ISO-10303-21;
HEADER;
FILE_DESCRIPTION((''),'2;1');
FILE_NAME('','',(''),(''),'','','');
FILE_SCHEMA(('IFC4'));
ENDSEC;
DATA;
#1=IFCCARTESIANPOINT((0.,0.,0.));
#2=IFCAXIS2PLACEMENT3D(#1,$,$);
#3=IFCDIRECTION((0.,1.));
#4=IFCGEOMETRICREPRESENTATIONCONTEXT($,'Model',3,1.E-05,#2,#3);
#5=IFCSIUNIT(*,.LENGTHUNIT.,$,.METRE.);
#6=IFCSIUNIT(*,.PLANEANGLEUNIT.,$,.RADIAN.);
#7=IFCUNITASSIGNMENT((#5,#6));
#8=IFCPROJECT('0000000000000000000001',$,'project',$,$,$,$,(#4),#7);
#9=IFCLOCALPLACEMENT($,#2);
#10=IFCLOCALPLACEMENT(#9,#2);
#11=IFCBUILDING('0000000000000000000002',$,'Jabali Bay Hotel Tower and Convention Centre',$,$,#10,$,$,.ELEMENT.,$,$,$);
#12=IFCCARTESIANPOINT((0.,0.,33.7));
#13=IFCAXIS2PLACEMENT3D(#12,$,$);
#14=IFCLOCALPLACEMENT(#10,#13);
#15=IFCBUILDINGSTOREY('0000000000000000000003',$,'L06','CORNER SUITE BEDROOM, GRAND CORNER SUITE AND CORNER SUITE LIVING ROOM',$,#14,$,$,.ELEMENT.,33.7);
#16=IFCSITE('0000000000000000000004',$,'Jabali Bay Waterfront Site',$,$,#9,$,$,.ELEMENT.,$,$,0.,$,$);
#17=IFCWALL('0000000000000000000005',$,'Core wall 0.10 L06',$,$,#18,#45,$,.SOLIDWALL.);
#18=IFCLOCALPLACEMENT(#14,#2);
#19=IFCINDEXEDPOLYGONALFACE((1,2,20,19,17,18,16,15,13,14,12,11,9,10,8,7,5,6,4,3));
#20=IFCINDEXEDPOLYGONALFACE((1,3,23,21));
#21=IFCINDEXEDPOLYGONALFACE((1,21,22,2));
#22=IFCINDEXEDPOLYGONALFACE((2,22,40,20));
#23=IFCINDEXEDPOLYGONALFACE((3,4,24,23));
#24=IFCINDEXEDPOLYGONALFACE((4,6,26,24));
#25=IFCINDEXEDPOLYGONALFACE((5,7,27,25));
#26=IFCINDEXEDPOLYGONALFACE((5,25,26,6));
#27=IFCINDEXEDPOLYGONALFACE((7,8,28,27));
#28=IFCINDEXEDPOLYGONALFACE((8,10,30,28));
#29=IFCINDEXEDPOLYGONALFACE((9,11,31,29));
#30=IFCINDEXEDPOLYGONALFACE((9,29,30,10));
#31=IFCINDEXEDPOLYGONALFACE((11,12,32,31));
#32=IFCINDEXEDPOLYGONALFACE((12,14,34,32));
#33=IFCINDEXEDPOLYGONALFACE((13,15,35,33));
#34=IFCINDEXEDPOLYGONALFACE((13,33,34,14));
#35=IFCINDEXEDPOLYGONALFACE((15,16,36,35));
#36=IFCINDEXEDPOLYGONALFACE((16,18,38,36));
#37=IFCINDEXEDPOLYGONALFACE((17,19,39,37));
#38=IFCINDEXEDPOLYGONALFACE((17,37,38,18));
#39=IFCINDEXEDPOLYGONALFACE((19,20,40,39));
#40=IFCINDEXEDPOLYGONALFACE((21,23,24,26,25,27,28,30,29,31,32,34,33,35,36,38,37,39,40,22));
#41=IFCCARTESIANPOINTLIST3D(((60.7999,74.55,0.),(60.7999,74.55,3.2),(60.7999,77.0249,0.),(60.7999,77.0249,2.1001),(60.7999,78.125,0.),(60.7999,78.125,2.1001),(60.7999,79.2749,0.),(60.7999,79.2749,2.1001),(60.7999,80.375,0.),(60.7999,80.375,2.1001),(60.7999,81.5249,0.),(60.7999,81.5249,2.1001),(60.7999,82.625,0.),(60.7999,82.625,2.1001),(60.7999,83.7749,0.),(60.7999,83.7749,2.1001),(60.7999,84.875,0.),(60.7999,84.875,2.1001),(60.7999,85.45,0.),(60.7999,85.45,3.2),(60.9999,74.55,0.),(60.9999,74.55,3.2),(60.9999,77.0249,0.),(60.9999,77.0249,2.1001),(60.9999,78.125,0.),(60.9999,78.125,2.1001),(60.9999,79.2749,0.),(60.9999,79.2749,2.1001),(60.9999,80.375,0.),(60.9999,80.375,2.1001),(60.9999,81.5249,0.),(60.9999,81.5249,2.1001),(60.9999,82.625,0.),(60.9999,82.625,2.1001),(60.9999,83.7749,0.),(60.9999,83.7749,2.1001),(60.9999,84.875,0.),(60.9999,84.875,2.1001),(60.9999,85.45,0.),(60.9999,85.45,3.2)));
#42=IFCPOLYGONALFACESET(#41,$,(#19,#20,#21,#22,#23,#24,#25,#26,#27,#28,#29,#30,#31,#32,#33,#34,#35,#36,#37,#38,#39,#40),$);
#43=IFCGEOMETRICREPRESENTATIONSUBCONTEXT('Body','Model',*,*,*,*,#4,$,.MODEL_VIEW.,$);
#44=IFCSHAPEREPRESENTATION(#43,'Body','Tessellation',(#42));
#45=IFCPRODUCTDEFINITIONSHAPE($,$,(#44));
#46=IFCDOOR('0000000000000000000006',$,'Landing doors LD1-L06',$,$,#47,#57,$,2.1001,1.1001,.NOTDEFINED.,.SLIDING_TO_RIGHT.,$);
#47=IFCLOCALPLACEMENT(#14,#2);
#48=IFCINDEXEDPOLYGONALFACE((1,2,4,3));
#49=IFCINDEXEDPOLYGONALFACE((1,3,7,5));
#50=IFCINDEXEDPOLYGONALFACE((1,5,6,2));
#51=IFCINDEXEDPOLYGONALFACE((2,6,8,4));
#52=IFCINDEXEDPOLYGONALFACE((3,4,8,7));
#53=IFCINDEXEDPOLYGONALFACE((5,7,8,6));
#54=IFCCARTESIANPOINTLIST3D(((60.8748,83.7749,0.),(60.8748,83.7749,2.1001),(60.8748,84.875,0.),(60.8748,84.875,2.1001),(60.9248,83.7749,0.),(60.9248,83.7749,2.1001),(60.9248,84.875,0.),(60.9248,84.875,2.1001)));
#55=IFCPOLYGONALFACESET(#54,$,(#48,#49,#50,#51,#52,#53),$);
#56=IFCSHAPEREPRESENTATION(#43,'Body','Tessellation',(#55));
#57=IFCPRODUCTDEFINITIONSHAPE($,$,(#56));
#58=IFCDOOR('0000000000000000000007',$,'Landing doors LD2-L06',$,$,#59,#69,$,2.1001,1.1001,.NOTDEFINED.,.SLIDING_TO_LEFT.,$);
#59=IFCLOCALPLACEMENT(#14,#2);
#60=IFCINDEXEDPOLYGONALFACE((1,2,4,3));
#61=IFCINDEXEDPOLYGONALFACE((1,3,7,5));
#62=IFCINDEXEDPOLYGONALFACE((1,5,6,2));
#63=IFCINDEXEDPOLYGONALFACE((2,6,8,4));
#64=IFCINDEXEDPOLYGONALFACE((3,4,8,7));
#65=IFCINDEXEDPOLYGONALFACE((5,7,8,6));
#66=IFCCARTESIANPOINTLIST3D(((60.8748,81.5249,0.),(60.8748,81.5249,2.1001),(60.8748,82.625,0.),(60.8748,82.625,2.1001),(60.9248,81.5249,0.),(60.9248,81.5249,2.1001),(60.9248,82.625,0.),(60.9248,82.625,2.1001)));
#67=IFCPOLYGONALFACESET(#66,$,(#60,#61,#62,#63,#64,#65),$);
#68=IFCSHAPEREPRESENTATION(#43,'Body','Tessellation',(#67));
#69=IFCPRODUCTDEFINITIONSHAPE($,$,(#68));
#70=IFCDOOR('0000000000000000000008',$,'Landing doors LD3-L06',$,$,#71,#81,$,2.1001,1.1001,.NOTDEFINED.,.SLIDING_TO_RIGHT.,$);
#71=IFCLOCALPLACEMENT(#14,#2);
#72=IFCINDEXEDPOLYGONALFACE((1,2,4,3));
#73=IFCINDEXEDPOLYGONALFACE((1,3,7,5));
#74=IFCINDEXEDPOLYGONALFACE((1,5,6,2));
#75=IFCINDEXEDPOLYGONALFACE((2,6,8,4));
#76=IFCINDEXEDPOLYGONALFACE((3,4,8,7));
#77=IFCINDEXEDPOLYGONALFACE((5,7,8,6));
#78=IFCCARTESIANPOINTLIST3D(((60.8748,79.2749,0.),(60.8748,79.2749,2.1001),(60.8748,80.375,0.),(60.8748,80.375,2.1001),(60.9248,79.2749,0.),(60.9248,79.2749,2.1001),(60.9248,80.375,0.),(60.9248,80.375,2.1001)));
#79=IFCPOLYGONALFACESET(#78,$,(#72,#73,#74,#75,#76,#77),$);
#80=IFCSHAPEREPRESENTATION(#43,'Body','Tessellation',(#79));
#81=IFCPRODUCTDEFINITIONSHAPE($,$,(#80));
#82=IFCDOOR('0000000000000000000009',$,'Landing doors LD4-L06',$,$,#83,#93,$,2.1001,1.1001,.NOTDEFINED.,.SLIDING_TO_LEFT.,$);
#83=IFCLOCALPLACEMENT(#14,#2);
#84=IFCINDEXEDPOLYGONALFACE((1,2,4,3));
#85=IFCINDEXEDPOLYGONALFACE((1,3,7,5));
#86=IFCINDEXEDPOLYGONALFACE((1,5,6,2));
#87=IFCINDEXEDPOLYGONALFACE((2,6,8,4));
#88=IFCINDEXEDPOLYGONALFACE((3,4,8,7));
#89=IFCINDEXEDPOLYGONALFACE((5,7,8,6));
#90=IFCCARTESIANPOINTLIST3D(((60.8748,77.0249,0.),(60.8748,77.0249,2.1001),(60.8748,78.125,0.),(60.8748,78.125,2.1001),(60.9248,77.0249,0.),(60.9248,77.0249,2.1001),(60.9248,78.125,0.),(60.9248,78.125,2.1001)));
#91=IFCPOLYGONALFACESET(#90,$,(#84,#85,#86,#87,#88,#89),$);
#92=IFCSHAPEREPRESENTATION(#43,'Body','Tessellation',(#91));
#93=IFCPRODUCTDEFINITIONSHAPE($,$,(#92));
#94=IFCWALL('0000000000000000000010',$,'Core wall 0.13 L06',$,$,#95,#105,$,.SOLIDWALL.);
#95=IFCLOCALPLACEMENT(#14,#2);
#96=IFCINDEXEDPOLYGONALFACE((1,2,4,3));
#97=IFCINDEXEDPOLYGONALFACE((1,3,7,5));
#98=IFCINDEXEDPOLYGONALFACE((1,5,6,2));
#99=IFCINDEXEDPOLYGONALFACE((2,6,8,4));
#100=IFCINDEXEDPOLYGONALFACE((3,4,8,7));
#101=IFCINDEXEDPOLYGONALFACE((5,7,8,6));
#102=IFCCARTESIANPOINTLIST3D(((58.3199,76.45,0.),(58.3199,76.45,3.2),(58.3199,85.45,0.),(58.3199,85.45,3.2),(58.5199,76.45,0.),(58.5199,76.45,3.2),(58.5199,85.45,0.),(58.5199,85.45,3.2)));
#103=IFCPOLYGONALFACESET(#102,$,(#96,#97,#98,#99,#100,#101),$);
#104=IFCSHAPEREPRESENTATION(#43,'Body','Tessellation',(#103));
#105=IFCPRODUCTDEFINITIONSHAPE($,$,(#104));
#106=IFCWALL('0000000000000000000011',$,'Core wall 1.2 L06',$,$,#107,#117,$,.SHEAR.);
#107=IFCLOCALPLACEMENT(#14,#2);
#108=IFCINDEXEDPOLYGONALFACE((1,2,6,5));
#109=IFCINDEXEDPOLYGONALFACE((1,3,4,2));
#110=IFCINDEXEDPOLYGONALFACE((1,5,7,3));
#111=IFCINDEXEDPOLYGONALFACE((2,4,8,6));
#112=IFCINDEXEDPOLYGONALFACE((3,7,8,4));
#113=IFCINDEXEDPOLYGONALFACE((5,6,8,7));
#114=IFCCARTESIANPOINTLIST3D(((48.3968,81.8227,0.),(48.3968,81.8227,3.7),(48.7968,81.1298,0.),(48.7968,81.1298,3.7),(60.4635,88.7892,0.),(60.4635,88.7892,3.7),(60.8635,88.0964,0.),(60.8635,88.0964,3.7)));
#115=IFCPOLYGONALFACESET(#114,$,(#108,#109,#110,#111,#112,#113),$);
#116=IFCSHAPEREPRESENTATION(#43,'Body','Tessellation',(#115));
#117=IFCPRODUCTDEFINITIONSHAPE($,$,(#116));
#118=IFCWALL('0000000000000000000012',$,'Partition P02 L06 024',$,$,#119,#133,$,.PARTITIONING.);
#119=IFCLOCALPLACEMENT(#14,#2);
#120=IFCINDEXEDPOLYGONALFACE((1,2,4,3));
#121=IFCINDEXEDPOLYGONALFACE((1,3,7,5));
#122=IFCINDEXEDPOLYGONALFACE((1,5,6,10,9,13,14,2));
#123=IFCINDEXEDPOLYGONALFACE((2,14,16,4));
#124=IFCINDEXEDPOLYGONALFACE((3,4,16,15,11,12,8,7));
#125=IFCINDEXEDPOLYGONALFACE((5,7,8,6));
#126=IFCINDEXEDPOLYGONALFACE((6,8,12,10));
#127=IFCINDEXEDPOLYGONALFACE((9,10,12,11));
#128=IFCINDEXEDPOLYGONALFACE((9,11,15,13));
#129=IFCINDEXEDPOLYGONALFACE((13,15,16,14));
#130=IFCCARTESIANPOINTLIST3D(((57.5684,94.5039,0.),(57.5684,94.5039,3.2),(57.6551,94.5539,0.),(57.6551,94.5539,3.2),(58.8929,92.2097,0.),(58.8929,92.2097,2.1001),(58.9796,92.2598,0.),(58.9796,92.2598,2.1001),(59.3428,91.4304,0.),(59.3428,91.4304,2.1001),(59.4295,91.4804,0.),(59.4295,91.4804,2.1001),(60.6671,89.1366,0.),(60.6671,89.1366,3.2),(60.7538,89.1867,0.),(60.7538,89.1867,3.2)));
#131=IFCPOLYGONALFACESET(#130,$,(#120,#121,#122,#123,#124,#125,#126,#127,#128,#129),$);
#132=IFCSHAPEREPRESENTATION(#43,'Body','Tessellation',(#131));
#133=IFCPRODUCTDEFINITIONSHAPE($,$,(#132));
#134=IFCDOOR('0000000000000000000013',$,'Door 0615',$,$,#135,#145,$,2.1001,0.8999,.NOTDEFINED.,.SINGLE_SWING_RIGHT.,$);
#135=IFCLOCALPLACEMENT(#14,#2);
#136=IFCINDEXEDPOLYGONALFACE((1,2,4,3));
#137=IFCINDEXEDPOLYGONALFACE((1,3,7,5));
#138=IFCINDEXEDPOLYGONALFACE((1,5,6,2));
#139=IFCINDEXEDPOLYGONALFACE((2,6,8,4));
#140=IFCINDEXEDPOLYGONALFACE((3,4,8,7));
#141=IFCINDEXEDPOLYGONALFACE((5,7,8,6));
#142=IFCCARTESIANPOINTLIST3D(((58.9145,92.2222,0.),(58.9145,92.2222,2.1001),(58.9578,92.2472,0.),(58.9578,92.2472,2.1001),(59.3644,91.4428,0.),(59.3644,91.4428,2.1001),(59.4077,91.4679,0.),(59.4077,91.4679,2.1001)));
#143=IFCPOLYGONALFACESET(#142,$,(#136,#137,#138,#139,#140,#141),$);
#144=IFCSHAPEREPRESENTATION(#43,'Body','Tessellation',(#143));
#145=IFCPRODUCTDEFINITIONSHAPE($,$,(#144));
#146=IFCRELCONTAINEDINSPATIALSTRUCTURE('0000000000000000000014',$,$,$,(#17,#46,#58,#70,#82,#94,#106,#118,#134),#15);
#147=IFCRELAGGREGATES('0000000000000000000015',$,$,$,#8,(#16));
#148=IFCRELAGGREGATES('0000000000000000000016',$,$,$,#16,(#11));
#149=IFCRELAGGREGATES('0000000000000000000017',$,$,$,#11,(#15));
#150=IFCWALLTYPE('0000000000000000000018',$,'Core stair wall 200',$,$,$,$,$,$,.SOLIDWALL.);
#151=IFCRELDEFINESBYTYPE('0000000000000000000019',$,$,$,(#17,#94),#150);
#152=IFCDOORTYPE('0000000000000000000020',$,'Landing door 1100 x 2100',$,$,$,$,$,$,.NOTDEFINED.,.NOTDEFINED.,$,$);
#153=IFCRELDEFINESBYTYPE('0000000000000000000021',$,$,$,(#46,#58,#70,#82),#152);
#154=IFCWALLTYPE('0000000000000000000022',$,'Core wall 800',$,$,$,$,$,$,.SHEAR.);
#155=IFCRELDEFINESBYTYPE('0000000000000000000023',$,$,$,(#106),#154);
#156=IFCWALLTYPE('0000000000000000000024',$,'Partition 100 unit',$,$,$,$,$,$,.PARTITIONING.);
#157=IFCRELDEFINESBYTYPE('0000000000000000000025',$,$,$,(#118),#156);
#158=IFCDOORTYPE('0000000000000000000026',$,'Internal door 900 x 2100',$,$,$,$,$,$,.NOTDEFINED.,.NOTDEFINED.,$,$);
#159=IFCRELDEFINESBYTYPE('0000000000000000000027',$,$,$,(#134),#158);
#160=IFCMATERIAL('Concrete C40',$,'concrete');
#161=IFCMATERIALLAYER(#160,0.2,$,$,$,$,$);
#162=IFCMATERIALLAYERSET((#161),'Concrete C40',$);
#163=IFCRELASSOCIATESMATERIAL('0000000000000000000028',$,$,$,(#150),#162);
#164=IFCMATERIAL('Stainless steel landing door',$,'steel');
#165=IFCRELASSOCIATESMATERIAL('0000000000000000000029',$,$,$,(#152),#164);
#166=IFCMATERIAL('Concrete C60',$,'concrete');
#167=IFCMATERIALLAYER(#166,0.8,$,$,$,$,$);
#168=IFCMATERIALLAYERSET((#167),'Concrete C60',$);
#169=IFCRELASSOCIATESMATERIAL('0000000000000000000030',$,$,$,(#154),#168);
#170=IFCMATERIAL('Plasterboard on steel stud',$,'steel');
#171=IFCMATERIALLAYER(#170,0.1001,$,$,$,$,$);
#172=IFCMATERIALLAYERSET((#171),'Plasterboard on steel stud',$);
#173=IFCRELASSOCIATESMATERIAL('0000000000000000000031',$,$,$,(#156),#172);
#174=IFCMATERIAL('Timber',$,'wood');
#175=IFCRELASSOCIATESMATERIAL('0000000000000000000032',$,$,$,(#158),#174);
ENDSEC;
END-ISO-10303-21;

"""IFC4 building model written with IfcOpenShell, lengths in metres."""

from ifc_helpers import new_model, si_unit, direction, frame, frame_2d, origin, place, context, subcontext, project, spatial, rectangle, extrude, material, layer, layer_set, type_object, element, fill, save


model = new_model("IFC4")

# Units and contexts
model_context = context("Model", 3, precision=1e-05, world=origin(), true_north=direction((0.0, 1.0)))
body_context = subcontext(model_context, "Body", "Model", "MODEL_VIEW")
ifc_project = project(units=[si_unit("LENGTHUNIT", "METRE"), si_unit("PLANEANGLEUNIT", "RADIAN")], contexts=[model_context])

# Site, building, storey
site_placement = place(None, origin())
site = spatial("IfcSite", under=ifc_project, at=site_placement, Name="Jabali Bay Waterfront Site", CompositionType="ELEMENT", RefElevation=0.0)
building_placement = place(site_placement, origin())
building = spatial("IfcBuilding", under=site, at=building_placement, Name="Jabali Bay Hotel Tower and Convention Centre", CompositionType="ELEMENT")
storey_placement = place(building_placement, frame((0.0, 0.0, 33.7)))
storey = spatial("IfcBuildingStorey", under=building, at=storey_placement, Name="L06", Description="CORNER SUITE BEDROOM, GRAND CORNER SUITE AND CORNER SUITE LIVING ROOM", CompositionType="ELEMENT", Elevation=33.7)

# Shared definitions
ifc_material_1 = material(Name="Concrete C40", Category="concrete")

# Shared definitions
ifc_layer_1 = layer(ifc_material_1, 0.2)
ifc_layer_set_1 = layer_set([ifc_layer_1], Name="Concrete C40")
wall_type_1 = type_object("IfcWallType", Name="Core stair wall 200", PredefinedType="SOLIDWALL", material=ifc_layer_set_1)

# Wall, openings, doors
wall_1_placement = place(storey_placement, frame((60.8999, 85.45, 0.0), z_axis=(0.0, 0.0, 1.0), x_axis=(0.0, -1.0, 0.0)))
wall_1 = element("IfcWall", 1, at=wall_1_placement, inside=storey, type_object=wall_type_1, Name="Core wall 0.10 L06", PredefinedType="SOLIDWALL", context=body_context, shape_type="SweptSolid", body=[
    extrude(rectangle(XDim=10.8999, YDim=0.2, at=frame_2d((5.45, 0.0))), origin(), (0.0, 0.0, 1.0), 3.2),
])
opening_1_placement = place(wall_1_placement, frame((0.575, 0.0, 0.0)))
opening_1 = element("IfcOpeningElement", 2, at=opening_1_placement, cuts=wall_1, PredefinedType="OPENING", context=body_context, shape_type="SweptSolid", body=[
    extrude(rectangle(XDim=1.1001, YDim=2.1001, at=frame_2d((0.55, 1.05))), frame((0.0, 0.1104, 0.0), z_axis=(0.0, -1.0, 0.0), x_axis=(1.0, 0.0, 0.0)), (0.0, 0.0, 1.0), 0.2209),
])
opening_2_placement = place(wall_1_placement, frame((2.825, 0.0, 0.0)))
opening_2 = element("IfcOpeningElement", 3, at=opening_2_placement, cuts=wall_1, PredefinedType="OPENING", context=body_context, shape_type="SweptSolid", body=[
    extrude(rectangle(XDim=1.1001, YDim=2.1001, at=frame_2d((0.55, 1.05))), frame((0.0, 0.1104, 0.0), z_axis=(0.0, -1.0, 0.0), x_axis=(1.0, 0.0, 0.0)), (0.0, 0.0, 1.0), 0.2209),
])
opening_3_placement = place(wall_1_placement, frame((5.075, 0.0, 0.0)))
opening_3 = element("IfcOpeningElement", 4, at=opening_3_placement, cuts=wall_1, PredefinedType="OPENING", context=body_context, shape_type="SweptSolid", body=[
    extrude(rectangle(XDim=1.1001, YDim=2.1001, at=frame_2d((0.55, 1.05))), frame((0.0, 0.1104, 0.0), z_axis=(0.0, -1.0, 0.0), x_axis=(1.0, 0.0, 0.0)), (0.0, 0.0, 1.0), 0.2209),
])
opening_4_placement = place(wall_1_placement, frame((7.325, 0.0, 0.0)))
opening_4 = element("IfcOpeningElement", 5, at=opening_4_placement, cuts=wall_1, PredefinedType="OPENING", context=body_context, shape_type="SweptSolid", body=[
    extrude(rectangle(XDim=1.1001, YDim=2.1001, at=frame_2d((0.55, 1.05))), frame((0.0, 0.1104, 0.0), z_axis=(0.0, -1.0, 0.0), x_axis=(1.0, 0.0, 0.0)), (0.0, 0.0, 1.0), 0.2209),
])
ifc_material_2 = material(Name="Stainless steel landing door", Category="steel")
door_type_1 = type_object("IfcDoorType", Name="Landing door 1100 x 2100", OperationType="NOTDEFINED", PredefinedType="NOTDEFINED", material=ifc_material_2)
door_1_placement = place(opening_1_placement, origin())
door_1 = element("IfcDoor", 6, at=door_1_placement, inside=storey, type_object=door_type_1, Name="Landing doors LD1-L06", OperationType="SLIDING_TO_RIGHT", OverallHeight=2.1001, OverallWidth=1.1001, PredefinedType="NOTDEFINED", context=body_context, shape_type="SweptSolid", body=[
    extrude(rectangle(XDim=1.1001, YDim=2.1001, at=frame_2d((0.55, 1.05))), frame((0.0, 0.0249, 0.0), z_axis=(0.0, -1.0, 0.0), x_axis=(1.0, 0.0, 0.0)), (0.0, 0.0, 1.0), 0.05),
])
fill(opening_1, door_1)
door_2_placement = place(opening_2_placement, origin())
door_2 = element("IfcDoor", 7, at=door_2_placement, inside=storey, type_object=door_type_1, Name="Landing doors LD2-L06", OperationType="SLIDING_TO_LEFT", OverallHeight=2.1001, OverallWidth=1.1001, PredefinedType="NOTDEFINED", context=body_context, shape_type="SweptSolid", body=[
    extrude(rectangle(XDim=1.1001, YDim=2.1001, at=frame_2d((0.55, 1.05))), frame((0.0, 0.0249, 0.0), z_axis=(0.0, -1.0, 0.0), x_axis=(1.0, 0.0, 0.0)), (0.0, 0.0, 1.0), 0.05),
])
fill(opening_2, door_2)
door_3_placement = place(opening_3_placement, origin())
door_3 = element("IfcDoor", 8, at=door_3_placement, inside=storey, type_object=door_type_1, Name="Landing doors LD3-L06", OperationType="SLIDING_TO_RIGHT", OverallHeight=2.1001, OverallWidth=1.1001, PredefinedType="NOTDEFINED", context=body_context, shape_type="SweptSolid", body=[
    extrude(rectangle(XDim=1.1001, YDim=2.1001, at=frame_2d((0.55, 1.05))), frame((0.0, 0.0249, 0.0), z_axis=(0.0, -1.0, 0.0), x_axis=(1.0, 0.0, 0.0)), (0.0, 0.0, 1.0), 0.05),
])
fill(opening_3, door_3)
door_4_placement = place(opening_4_placement, origin())
door_4 = element("IfcDoor", 9, at=door_4_placement, inside=storey, type_object=door_type_1, Name="Landing doors LD4-L06", OperationType="SLIDING_TO_LEFT", OverallHeight=2.1001, OverallWidth=1.1001, PredefinedType="NOTDEFINED", context=body_context, shape_type="SweptSolid", body=[
    extrude(rectangle(XDim=1.1001, YDim=2.1001, at=frame_2d((0.55, 1.05))), frame((0.0, 0.0249, 0.0), z_axis=(0.0, -1.0, 0.0), x_axis=(1.0, 0.0, 0.0)), (0.0, 0.0, 1.0), 0.05),
])
fill(opening_4, door_4)

# Walls
wall_2_placement = place(storey_placement, frame((58.4199, 85.45, 0.0), z_axis=(0.0, 0.0, 1.0), x_axis=(0.0, -1.0, 0.0)))
element("IfcWall", 10, at=wall_2_placement, inside=storey, type_object=wall_type_1, Name="Core wall 0.13 L06", PredefinedType="SOLIDWALL", context=body_context, shape_type="SweptSolid", body=[
    extrude(rectangle(XDim=9.0, YDim=0.2, at=frame_2d((4.5, 0.0))), origin(), (0.0, 0.0, 1.0), 3.2),
])
ifc_material_3 = material(Name="Concrete C60", Category="concrete")
ifc_layer_2 = layer(ifc_material_3, 0.8)
ifc_layer_set_2 = layer_set([ifc_layer_2], Name="Concrete C60")
wall_type_2 = type_object("IfcWallType", Name="Core wall 800", PredefinedType="SHEAR", material=ifc_layer_set_2)
wall_3_placement = place(storey_placement, frame((60.6636, 88.4429, 0.0), z_axis=(0.0, 0.0, 1.0), x_axis=(-0.866029, -0.499993, 0.0)))
element("IfcWall", 11, at=wall_3_placement, inside=storey, type_object=wall_type_2, Name="Core wall 1.2 L06", PredefinedType="SHEAR", context=body_context, shape_type="SweptSolid", body=[
    extrude(rectangle(XDim=13.9333, YDim=0.8, at=frame_2d((6.9668, 0.0))), origin(), (0.0, 0.0, 1.0), 3.7),
])

# Wall, opening, door
ifc_material_4 = material(Name="Plasterboard on steel stud", Category="steel")
ifc_layer_3 = layer(ifc_material_4, 0.1001)
ifc_layer_set_3 = layer_set([ifc_layer_3], Name="Plasterboard on steel stud")
wall_type_3 = type_object("IfcWallType", Name="Partition 100 unit", PredefinedType="PARTITIONING", material=ifc_layer_set_3)
wall_4_placement = place(storey_placement, frame((57.6118, 94.5288, 0.0), z_axis=(0.0, 0.0, 1.0), x_axis=(0.499986, -0.866033, 0.0)))
wall_4 = element("IfcWall", 12, at=wall_4_placement, inside=storey, type_object=wall_type_3, Name="Partition P02 L06 024", PredefinedType="PARTITIONING", context=body_context, shape_type="SweptSolid", body=[
    extrude(rectangle(XDim=6.1975, YDim=0.1001, at=frame_2d((3.0986, 0.0))), origin(), (0.0, 0.0, 1.0), 3.2),
])
opening_5_placement = place(wall_4_placement, frame((2.6489, 0.0, 0.0)))
opening_5 = element("IfcOpeningElement", 13, at=opening_5_placement, cuts=wall_4, PredefinedType="OPENING", context=body_context, shape_type="SweptSolid", body=[
    extrude(rectangle(XDim=0.8999, YDim=2.1001, at=frame_2d((0.45, 1.05))), frame((0.0, 0.0605, 0.0), z_axis=(0.0, -1.0, 0.0), x_axis=(1.0, 0.0, 0.0)), (0.0, 0.0, 1.0), 0.1211),
])
ifc_material_5 = material(Name="Timber", Category="wood")
door_type_2 = type_object("IfcDoorType", Name="Internal door 900 x 2100", OperationType="NOTDEFINED", PredefinedType="NOTDEFINED", material=ifc_material_5)
door_5_placement = place(opening_5_placement, origin())
door_5 = element("IfcDoor", 14, at=door_5_placement, inside=storey, type_object=door_type_2, Name="Door 0615", OperationType="SINGLE_SWING_RIGHT", OverallHeight=2.1001, OverallWidth=0.8999, PredefinedType="NOTDEFINED", context=body_context, shape_type="SweptSolid", body=[
    extrude(rectangle(XDim=0.8999, YDim=2.1001, at=frame_2d((0.45, 1.05))), frame((0.0, 0.0249, 0.0), z_axis=(0.0, -1.0, 0.0), x_axis=(1.0, 0.0, 0.0)), (0.0, 0.0, 1.0), 0.05),
])
fill(opening_5, door_5)

save(model, "model.ifc")
